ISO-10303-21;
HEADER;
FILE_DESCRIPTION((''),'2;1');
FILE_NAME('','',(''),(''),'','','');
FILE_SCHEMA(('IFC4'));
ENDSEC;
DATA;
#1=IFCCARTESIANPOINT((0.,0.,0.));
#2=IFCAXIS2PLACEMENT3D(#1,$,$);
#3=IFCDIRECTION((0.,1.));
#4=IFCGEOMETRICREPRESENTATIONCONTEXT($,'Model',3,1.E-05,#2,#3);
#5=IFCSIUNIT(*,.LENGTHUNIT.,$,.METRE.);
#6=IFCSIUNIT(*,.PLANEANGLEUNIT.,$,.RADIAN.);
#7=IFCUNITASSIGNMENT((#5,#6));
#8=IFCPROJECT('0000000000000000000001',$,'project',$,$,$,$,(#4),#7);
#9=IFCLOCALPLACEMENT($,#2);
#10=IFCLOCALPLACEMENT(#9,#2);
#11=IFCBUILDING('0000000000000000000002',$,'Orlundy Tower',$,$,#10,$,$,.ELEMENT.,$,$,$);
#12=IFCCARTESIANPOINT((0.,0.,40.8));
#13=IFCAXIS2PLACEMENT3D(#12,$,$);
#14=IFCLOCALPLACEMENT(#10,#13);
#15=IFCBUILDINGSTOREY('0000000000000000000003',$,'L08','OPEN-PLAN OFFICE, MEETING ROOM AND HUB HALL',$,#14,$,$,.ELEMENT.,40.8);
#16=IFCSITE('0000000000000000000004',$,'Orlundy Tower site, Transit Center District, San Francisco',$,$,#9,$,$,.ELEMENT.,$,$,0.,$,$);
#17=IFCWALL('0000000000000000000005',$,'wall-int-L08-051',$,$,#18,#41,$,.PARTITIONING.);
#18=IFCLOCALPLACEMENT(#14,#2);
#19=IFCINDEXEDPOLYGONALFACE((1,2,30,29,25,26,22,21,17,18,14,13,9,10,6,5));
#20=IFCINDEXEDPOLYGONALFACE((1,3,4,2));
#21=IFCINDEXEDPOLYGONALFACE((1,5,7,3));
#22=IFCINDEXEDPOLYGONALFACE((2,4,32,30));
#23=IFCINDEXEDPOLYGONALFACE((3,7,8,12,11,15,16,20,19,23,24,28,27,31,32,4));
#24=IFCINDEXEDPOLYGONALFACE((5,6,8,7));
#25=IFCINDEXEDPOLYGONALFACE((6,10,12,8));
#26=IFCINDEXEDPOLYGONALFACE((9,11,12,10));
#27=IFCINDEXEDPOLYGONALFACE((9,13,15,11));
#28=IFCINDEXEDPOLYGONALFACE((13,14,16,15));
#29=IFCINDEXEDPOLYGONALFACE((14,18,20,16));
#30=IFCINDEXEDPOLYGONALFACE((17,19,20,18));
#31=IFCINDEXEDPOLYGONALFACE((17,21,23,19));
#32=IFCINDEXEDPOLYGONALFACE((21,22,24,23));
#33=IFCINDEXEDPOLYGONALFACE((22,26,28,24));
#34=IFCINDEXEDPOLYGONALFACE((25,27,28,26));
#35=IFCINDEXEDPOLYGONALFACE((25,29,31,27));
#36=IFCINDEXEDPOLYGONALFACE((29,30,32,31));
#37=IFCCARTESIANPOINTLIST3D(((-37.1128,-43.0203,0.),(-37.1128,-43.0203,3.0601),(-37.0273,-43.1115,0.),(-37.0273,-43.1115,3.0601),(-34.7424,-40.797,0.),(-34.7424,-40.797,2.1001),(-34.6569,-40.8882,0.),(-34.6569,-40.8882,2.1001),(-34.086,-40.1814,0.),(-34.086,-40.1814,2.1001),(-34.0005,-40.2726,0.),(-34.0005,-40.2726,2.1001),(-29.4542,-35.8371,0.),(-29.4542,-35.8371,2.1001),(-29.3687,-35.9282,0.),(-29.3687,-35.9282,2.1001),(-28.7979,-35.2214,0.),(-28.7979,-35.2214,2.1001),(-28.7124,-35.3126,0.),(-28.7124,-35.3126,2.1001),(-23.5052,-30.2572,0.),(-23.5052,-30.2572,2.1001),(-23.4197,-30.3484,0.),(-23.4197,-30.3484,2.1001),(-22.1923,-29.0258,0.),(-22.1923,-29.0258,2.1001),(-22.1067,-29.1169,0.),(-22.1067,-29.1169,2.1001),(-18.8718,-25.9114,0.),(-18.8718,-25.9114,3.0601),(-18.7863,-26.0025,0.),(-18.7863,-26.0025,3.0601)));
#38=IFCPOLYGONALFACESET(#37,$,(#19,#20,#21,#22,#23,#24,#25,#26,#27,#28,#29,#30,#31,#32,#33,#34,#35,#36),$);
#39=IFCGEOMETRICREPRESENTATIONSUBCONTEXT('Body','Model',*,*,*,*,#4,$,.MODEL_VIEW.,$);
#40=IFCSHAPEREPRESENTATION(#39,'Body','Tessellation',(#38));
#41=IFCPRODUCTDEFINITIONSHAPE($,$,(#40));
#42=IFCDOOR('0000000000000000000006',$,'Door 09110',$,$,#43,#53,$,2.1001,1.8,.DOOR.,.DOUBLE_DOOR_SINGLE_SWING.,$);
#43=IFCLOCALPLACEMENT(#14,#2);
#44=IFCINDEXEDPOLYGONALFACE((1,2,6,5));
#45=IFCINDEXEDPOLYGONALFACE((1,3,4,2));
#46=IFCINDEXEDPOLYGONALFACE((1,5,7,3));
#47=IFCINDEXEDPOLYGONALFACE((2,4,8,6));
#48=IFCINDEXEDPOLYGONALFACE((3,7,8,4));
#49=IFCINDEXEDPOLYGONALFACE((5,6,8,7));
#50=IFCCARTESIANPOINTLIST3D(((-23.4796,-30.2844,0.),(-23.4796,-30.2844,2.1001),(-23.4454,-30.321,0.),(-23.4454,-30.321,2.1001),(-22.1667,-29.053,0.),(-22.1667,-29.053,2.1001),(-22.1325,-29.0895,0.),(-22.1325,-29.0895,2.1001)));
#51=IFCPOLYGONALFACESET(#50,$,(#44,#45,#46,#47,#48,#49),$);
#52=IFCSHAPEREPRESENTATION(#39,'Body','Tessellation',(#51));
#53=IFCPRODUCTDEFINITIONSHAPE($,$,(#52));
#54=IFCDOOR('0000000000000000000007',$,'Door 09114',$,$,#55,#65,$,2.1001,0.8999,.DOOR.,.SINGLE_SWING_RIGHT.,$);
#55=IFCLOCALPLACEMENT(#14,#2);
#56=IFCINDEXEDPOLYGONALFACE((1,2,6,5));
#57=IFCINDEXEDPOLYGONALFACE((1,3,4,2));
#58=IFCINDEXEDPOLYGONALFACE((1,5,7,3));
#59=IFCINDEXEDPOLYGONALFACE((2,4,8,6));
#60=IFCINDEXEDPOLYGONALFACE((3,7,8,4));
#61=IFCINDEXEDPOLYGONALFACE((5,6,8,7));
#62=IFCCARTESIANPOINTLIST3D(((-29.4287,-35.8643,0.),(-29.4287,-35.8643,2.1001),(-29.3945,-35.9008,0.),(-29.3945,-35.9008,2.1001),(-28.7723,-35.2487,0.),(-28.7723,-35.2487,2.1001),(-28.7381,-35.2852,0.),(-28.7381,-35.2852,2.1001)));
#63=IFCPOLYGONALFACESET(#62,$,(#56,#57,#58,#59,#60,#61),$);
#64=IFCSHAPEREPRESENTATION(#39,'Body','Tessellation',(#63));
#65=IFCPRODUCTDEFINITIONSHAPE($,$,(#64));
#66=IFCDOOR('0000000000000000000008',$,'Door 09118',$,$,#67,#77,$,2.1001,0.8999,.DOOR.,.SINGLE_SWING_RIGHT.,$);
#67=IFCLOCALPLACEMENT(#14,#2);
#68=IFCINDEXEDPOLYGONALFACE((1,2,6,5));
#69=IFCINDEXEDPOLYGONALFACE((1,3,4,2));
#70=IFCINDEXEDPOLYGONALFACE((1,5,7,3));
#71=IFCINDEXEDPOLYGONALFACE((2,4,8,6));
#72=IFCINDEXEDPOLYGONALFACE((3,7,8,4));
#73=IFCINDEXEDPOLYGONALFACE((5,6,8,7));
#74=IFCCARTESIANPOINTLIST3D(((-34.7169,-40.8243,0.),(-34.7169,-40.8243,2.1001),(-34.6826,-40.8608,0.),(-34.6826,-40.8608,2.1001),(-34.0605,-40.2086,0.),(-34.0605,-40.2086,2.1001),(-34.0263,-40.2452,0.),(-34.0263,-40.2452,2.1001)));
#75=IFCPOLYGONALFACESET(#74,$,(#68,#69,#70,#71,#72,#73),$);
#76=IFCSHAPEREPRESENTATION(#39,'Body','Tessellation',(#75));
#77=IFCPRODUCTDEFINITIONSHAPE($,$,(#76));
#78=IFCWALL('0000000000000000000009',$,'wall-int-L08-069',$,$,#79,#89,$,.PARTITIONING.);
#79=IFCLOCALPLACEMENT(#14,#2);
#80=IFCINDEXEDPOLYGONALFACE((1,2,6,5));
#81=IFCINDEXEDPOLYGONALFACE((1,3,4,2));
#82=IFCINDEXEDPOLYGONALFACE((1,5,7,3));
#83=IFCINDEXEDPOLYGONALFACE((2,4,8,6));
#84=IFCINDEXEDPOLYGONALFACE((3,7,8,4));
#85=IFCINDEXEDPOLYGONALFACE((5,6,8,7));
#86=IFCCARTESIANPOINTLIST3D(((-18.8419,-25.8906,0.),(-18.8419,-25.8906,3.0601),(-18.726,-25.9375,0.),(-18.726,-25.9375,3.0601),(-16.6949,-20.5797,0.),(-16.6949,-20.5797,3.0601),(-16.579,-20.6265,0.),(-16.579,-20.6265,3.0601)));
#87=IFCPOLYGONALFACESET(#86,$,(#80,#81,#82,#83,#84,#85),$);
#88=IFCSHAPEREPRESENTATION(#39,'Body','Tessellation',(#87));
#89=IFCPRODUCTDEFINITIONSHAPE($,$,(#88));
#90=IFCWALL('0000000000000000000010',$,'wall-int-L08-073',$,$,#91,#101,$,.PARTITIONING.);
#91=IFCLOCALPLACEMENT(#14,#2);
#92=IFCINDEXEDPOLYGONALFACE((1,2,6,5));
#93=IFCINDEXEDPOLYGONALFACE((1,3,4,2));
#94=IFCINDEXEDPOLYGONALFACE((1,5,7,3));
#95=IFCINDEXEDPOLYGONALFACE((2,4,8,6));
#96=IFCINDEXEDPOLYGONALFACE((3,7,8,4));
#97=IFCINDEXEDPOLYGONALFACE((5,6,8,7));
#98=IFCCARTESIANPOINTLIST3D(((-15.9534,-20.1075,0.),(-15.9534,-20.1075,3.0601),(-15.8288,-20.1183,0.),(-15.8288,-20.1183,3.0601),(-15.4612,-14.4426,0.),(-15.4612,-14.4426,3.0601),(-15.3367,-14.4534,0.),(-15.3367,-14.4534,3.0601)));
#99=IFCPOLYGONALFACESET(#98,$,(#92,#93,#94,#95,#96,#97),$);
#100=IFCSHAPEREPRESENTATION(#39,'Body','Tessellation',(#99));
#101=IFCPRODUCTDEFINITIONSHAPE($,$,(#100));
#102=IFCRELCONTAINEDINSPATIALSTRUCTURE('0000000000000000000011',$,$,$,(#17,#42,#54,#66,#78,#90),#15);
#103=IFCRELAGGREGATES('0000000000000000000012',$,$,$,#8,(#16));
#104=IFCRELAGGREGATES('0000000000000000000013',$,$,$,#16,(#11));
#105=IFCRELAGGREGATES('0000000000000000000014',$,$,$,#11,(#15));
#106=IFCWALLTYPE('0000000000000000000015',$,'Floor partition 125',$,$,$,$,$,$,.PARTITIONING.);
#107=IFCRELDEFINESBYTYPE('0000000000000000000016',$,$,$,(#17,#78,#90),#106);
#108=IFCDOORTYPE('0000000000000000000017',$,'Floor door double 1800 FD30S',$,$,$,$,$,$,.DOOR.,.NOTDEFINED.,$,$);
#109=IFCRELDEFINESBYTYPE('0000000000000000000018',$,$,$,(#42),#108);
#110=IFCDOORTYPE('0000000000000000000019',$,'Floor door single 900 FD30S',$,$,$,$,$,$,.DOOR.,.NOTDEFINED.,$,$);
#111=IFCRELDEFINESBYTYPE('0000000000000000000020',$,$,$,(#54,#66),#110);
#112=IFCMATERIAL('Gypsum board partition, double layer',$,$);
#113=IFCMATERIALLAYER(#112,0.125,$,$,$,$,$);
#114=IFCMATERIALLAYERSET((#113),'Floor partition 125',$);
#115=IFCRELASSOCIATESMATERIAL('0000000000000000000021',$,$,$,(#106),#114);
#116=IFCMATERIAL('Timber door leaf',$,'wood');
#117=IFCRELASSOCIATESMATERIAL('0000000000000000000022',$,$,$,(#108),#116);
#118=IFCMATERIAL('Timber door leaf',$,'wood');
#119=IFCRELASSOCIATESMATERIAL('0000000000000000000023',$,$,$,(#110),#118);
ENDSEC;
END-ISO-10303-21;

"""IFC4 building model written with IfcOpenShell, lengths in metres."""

from ifc_helpers import new_model, si_unit, direction, frame, frame_2d, origin, place, context, subcontext, project, spatial, rectangle, extrude, material, layer, layer_set, type_object, element, fill, save


model = new_model("IFC4")

# Units and contexts
model_context = context("Model", 3, precision=1e-05, world=origin(), true_north=direction((0.0, 1.0)))
body_context = subcontext(model_context, "Body", "Model", "MODEL_VIEW")
ifc_project = project(units=[si_unit("LENGTHUNIT", "METRE"), si_unit("PLANEANGLEUNIT", "RADIAN")], contexts=[model_context])

# Site, building, storey
site_placement = place(None, origin())
site = spatial("IfcSite", under=ifc_project, at=site_placement, Name="Orlundy Tower site, Transit Center District, San Francisco", CompositionType="ELEMENT", RefElevation=0.0)
building_placement = place(site_placement, origin())
building = spatial("IfcBuilding", under=site, at=building_placement, Name="Orlundy Tower", CompositionType="ELEMENT")
storey_placement = place(building_placement, frame((0.0, 0.0, 40.8)))
storey = spatial("IfcBuildingStorey", under=building, at=storey_placement, Name="L08", Description="OPEN-PLAN OFFICE, MEETING ROOM AND HUB HALL", CompositionType="ELEMENT", Elevation=40.8)

# Shared definitions
ifc_material_1 = material(Name="Gypsum board partition, double layer")
ifc_layer_1 = layer(ifc_material_1, 0.125)
ifc_layer_set_1 = layer_set([ifc_layer_1], Name="Floor partition 125")
wall_type_1 = type_object("IfcWallType", Name="Floor partition 125", PredefinedType="PARTITIONING", material=ifc_layer_set_1)

# Shared definitions
ifc_material_2 = material(Name="Timber door leaf", Category="wood")
door_type_1 = type_object("IfcDoorType", Name="Floor door double 1800 FD30S", OperationType="NOTDEFINED", PredefinedType="DOOR", material=ifc_material_2)

# Wall, openings, doors
wall_1_placement = place(storey_placement, frame((-18.8291, -25.957, 0.0), z_axis=(0.0, 0.0, 1.0), x_axis=(-0.729378, -0.684111, 0.0)))
wall_1 = element("IfcWall", 1, at=wall_1_placement, inside=storey, type_object=wall_type_1, Name="wall-int-L08-051", PredefinedType="PARTITIONING", context=body_context, shape_type="SweptSolid", body=[
    extrude(rectangle(XDim=25.009, YDim=0.125, at=frame_2d((12.5044, 0.0))), origin(), (0.0, 0.0, 1.0), 3.0601),
])
opening_1_placement = place(wall_1_placement, frame((4.5525, 0.0, 0.0)))
opening_1 = element("IfcOpeningElement", 2, at=opening_1_placement, cuts=wall_1, PredefinedType="OPENING", context=body_context, shape_type="SweptSolid", body=[
    extrude(rectangle(XDim=1.8, YDim=2.1001, at=frame_2d((0.8999, 1.05))), frame((0.0, 0.0725, 0.0), z_axis=(0.0, -1.0, 0.0), x_axis=(1.0, 0.0, 0.0)), (0.0, 0.0, 1.0), 0.145),
])
opening_2_placement = place(wall_1_placement, frame((13.6089, 0.0, 0.0)))
opening_2 = element("IfcOpeningElement", 3, at=opening_2_placement, cuts=wall_1, PredefinedType="OPENING", context=body_context, shape_type="SweptSolid", body=[
    extrude(rectangle(XDim=0.8999, YDim=2.1001, at=frame_2d((0.45, 1.05))), frame((0.0, 0.0725, 0.0), z_axis=(0.0, -1.0, 0.0), x_axis=(1.0, 0.0, 0.0)), (0.0, 0.0, 1.0), 0.145),
])
opening_3_placement = place(wall_1_placement, frame((20.8591, 0.0, 0.0)))
opening_3 = element("IfcOpeningElement", 4, at=opening_3_placement, cuts=wall_1, PredefinedType="OPENING", context=body_context, shape_type="SweptSolid", body=[
    extrude(rectangle(XDim=0.8999, YDim=2.1001, at=frame_2d((0.45, 1.05))), frame((0.0, 0.0725, 0.0), z_axis=(0.0, -1.0, 0.0), x_axis=(1.0, 0.0, 0.0)), (0.0, 0.0, 1.0), 0.145),
])
door_1_placement = place(opening_1_placement, origin())
door_1 = element("IfcDoor", 5, at=door_1_placement, inside=storey, type_object=door_type_1, Name="Door 09110", OperationType="DOUBLE_DOOR_SINGLE_SWING", OverallHeight=2.1001, OverallWidth=1.8, PredefinedType="DOOR", context=body_context, shape_type="SweptSolid", body=[
    extrude(rectangle(XDim=1.8, YDim=2.1001, at=frame_2d((0.8999, 1.05))), frame((0.0, 0.0249, 0.0), z_axis=(0.0, -1.0, 0.0), x_axis=(1.0, 0.0, 0.0)), (0.0, 0.0, 1.0), 0.05),
])
fill(opening_1, door_1)
ifc_material_3 = material(Name="Timber door leaf", Category="wood")
door_type_2 = type_object("IfcDoorType", Name="Floor door single 900 FD30S", OperationType="NOTDEFINED", PredefinedType="DOOR", material=ifc_material_3)
door_2_placement = place(opening_2_placement, origin())
door_2 = element("IfcDoor", 6, at=door_2_placement, inside=storey, type_object=door_type_2, Name="Door 09114", OperationType="SINGLE_SWING_RIGHT", OverallHeight=2.1001, OverallWidth=0.8999, PredefinedType="DOOR", context=body_context, shape_type="SweptSolid", body=[
    extrude(rectangle(XDim=0.8999, YDim=2.1001, at=frame_2d((0.45, 1.05))), frame((0.0, 0.0249, 0.0), z_axis=(0.0, -1.0, 0.0), x_axis=(1.0, 0.0, 0.0)), (0.0, 0.0, 1.0), 0.05),
])
fill(opening_2, door_2)
door_3_placement = place(opening_3_placement, origin())
door_3 = element("IfcDoor", 7, at=door_3_placement, inside=storey, type_object=door_type_2, Name="Door 09118", OperationType="SINGLE_SWING_RIGHT", OverallHeight=2.1001, OverallWidth=0.8999, PredefinedType="DOOR", context=body_context, shape_type="SweptSolid", body=[
    extrude(rectangle(XDim=0.8999, YDim=2.1001, at=frame_2d((0.45, 1.05))), frame((0.0, 0.0249, 0.0), z_axis=(0.0, -1.0, 0.0), x_axis=(1.0, 0.0, 0.0)), (0.0, 0.0, 1.0), 0.05),
])
fill(opening_3, door_3)

# Walls
wall_2_placement = place(storey_placement, frame((-18.7839, -25.9141, 0.0), z_axis=(0.0, 0.0, 1.0), x_axis=(0.374783, 0.927113, 0.0)))
element("IfcWall", 8, at=wall_2_placement, inside=storey, type_object=wall_type_1, Name="wall-int-L08-069", PredefinedType="PARTITIONING", context=body_context, shape_type="SweptSolid", body=[
    extrude(rectangle(XDim=5.7285, YDim=0.125, at=frame_2d((2.8643, 0.0))), origin(), (0.0, 0.0, 1.0), 3.0601),
])
wall_3_placement = place(storey_placement, frame((-15.8911, -20.113, 0.0), z_axis=(0.0, 0.0, 1.0), x_axis=(0.086556, 0.996247, 0.0)))
element("IfcWall", 9, at=wall_3_placement, inside=storey, type_object=wall_type_1, Name="wall-int-L08-073", PredefinedType="PARTITIONING", context=body_context, shape_type="SweptSolid", body=[
    extrude(rectangle(XDim=5.6863, YDim=0.125, at=frame_2d((2.8433, 0.0))), origin(), (0.0, 0.0, 1.0), 3.0601),
])

save(model, "model.ifc")
